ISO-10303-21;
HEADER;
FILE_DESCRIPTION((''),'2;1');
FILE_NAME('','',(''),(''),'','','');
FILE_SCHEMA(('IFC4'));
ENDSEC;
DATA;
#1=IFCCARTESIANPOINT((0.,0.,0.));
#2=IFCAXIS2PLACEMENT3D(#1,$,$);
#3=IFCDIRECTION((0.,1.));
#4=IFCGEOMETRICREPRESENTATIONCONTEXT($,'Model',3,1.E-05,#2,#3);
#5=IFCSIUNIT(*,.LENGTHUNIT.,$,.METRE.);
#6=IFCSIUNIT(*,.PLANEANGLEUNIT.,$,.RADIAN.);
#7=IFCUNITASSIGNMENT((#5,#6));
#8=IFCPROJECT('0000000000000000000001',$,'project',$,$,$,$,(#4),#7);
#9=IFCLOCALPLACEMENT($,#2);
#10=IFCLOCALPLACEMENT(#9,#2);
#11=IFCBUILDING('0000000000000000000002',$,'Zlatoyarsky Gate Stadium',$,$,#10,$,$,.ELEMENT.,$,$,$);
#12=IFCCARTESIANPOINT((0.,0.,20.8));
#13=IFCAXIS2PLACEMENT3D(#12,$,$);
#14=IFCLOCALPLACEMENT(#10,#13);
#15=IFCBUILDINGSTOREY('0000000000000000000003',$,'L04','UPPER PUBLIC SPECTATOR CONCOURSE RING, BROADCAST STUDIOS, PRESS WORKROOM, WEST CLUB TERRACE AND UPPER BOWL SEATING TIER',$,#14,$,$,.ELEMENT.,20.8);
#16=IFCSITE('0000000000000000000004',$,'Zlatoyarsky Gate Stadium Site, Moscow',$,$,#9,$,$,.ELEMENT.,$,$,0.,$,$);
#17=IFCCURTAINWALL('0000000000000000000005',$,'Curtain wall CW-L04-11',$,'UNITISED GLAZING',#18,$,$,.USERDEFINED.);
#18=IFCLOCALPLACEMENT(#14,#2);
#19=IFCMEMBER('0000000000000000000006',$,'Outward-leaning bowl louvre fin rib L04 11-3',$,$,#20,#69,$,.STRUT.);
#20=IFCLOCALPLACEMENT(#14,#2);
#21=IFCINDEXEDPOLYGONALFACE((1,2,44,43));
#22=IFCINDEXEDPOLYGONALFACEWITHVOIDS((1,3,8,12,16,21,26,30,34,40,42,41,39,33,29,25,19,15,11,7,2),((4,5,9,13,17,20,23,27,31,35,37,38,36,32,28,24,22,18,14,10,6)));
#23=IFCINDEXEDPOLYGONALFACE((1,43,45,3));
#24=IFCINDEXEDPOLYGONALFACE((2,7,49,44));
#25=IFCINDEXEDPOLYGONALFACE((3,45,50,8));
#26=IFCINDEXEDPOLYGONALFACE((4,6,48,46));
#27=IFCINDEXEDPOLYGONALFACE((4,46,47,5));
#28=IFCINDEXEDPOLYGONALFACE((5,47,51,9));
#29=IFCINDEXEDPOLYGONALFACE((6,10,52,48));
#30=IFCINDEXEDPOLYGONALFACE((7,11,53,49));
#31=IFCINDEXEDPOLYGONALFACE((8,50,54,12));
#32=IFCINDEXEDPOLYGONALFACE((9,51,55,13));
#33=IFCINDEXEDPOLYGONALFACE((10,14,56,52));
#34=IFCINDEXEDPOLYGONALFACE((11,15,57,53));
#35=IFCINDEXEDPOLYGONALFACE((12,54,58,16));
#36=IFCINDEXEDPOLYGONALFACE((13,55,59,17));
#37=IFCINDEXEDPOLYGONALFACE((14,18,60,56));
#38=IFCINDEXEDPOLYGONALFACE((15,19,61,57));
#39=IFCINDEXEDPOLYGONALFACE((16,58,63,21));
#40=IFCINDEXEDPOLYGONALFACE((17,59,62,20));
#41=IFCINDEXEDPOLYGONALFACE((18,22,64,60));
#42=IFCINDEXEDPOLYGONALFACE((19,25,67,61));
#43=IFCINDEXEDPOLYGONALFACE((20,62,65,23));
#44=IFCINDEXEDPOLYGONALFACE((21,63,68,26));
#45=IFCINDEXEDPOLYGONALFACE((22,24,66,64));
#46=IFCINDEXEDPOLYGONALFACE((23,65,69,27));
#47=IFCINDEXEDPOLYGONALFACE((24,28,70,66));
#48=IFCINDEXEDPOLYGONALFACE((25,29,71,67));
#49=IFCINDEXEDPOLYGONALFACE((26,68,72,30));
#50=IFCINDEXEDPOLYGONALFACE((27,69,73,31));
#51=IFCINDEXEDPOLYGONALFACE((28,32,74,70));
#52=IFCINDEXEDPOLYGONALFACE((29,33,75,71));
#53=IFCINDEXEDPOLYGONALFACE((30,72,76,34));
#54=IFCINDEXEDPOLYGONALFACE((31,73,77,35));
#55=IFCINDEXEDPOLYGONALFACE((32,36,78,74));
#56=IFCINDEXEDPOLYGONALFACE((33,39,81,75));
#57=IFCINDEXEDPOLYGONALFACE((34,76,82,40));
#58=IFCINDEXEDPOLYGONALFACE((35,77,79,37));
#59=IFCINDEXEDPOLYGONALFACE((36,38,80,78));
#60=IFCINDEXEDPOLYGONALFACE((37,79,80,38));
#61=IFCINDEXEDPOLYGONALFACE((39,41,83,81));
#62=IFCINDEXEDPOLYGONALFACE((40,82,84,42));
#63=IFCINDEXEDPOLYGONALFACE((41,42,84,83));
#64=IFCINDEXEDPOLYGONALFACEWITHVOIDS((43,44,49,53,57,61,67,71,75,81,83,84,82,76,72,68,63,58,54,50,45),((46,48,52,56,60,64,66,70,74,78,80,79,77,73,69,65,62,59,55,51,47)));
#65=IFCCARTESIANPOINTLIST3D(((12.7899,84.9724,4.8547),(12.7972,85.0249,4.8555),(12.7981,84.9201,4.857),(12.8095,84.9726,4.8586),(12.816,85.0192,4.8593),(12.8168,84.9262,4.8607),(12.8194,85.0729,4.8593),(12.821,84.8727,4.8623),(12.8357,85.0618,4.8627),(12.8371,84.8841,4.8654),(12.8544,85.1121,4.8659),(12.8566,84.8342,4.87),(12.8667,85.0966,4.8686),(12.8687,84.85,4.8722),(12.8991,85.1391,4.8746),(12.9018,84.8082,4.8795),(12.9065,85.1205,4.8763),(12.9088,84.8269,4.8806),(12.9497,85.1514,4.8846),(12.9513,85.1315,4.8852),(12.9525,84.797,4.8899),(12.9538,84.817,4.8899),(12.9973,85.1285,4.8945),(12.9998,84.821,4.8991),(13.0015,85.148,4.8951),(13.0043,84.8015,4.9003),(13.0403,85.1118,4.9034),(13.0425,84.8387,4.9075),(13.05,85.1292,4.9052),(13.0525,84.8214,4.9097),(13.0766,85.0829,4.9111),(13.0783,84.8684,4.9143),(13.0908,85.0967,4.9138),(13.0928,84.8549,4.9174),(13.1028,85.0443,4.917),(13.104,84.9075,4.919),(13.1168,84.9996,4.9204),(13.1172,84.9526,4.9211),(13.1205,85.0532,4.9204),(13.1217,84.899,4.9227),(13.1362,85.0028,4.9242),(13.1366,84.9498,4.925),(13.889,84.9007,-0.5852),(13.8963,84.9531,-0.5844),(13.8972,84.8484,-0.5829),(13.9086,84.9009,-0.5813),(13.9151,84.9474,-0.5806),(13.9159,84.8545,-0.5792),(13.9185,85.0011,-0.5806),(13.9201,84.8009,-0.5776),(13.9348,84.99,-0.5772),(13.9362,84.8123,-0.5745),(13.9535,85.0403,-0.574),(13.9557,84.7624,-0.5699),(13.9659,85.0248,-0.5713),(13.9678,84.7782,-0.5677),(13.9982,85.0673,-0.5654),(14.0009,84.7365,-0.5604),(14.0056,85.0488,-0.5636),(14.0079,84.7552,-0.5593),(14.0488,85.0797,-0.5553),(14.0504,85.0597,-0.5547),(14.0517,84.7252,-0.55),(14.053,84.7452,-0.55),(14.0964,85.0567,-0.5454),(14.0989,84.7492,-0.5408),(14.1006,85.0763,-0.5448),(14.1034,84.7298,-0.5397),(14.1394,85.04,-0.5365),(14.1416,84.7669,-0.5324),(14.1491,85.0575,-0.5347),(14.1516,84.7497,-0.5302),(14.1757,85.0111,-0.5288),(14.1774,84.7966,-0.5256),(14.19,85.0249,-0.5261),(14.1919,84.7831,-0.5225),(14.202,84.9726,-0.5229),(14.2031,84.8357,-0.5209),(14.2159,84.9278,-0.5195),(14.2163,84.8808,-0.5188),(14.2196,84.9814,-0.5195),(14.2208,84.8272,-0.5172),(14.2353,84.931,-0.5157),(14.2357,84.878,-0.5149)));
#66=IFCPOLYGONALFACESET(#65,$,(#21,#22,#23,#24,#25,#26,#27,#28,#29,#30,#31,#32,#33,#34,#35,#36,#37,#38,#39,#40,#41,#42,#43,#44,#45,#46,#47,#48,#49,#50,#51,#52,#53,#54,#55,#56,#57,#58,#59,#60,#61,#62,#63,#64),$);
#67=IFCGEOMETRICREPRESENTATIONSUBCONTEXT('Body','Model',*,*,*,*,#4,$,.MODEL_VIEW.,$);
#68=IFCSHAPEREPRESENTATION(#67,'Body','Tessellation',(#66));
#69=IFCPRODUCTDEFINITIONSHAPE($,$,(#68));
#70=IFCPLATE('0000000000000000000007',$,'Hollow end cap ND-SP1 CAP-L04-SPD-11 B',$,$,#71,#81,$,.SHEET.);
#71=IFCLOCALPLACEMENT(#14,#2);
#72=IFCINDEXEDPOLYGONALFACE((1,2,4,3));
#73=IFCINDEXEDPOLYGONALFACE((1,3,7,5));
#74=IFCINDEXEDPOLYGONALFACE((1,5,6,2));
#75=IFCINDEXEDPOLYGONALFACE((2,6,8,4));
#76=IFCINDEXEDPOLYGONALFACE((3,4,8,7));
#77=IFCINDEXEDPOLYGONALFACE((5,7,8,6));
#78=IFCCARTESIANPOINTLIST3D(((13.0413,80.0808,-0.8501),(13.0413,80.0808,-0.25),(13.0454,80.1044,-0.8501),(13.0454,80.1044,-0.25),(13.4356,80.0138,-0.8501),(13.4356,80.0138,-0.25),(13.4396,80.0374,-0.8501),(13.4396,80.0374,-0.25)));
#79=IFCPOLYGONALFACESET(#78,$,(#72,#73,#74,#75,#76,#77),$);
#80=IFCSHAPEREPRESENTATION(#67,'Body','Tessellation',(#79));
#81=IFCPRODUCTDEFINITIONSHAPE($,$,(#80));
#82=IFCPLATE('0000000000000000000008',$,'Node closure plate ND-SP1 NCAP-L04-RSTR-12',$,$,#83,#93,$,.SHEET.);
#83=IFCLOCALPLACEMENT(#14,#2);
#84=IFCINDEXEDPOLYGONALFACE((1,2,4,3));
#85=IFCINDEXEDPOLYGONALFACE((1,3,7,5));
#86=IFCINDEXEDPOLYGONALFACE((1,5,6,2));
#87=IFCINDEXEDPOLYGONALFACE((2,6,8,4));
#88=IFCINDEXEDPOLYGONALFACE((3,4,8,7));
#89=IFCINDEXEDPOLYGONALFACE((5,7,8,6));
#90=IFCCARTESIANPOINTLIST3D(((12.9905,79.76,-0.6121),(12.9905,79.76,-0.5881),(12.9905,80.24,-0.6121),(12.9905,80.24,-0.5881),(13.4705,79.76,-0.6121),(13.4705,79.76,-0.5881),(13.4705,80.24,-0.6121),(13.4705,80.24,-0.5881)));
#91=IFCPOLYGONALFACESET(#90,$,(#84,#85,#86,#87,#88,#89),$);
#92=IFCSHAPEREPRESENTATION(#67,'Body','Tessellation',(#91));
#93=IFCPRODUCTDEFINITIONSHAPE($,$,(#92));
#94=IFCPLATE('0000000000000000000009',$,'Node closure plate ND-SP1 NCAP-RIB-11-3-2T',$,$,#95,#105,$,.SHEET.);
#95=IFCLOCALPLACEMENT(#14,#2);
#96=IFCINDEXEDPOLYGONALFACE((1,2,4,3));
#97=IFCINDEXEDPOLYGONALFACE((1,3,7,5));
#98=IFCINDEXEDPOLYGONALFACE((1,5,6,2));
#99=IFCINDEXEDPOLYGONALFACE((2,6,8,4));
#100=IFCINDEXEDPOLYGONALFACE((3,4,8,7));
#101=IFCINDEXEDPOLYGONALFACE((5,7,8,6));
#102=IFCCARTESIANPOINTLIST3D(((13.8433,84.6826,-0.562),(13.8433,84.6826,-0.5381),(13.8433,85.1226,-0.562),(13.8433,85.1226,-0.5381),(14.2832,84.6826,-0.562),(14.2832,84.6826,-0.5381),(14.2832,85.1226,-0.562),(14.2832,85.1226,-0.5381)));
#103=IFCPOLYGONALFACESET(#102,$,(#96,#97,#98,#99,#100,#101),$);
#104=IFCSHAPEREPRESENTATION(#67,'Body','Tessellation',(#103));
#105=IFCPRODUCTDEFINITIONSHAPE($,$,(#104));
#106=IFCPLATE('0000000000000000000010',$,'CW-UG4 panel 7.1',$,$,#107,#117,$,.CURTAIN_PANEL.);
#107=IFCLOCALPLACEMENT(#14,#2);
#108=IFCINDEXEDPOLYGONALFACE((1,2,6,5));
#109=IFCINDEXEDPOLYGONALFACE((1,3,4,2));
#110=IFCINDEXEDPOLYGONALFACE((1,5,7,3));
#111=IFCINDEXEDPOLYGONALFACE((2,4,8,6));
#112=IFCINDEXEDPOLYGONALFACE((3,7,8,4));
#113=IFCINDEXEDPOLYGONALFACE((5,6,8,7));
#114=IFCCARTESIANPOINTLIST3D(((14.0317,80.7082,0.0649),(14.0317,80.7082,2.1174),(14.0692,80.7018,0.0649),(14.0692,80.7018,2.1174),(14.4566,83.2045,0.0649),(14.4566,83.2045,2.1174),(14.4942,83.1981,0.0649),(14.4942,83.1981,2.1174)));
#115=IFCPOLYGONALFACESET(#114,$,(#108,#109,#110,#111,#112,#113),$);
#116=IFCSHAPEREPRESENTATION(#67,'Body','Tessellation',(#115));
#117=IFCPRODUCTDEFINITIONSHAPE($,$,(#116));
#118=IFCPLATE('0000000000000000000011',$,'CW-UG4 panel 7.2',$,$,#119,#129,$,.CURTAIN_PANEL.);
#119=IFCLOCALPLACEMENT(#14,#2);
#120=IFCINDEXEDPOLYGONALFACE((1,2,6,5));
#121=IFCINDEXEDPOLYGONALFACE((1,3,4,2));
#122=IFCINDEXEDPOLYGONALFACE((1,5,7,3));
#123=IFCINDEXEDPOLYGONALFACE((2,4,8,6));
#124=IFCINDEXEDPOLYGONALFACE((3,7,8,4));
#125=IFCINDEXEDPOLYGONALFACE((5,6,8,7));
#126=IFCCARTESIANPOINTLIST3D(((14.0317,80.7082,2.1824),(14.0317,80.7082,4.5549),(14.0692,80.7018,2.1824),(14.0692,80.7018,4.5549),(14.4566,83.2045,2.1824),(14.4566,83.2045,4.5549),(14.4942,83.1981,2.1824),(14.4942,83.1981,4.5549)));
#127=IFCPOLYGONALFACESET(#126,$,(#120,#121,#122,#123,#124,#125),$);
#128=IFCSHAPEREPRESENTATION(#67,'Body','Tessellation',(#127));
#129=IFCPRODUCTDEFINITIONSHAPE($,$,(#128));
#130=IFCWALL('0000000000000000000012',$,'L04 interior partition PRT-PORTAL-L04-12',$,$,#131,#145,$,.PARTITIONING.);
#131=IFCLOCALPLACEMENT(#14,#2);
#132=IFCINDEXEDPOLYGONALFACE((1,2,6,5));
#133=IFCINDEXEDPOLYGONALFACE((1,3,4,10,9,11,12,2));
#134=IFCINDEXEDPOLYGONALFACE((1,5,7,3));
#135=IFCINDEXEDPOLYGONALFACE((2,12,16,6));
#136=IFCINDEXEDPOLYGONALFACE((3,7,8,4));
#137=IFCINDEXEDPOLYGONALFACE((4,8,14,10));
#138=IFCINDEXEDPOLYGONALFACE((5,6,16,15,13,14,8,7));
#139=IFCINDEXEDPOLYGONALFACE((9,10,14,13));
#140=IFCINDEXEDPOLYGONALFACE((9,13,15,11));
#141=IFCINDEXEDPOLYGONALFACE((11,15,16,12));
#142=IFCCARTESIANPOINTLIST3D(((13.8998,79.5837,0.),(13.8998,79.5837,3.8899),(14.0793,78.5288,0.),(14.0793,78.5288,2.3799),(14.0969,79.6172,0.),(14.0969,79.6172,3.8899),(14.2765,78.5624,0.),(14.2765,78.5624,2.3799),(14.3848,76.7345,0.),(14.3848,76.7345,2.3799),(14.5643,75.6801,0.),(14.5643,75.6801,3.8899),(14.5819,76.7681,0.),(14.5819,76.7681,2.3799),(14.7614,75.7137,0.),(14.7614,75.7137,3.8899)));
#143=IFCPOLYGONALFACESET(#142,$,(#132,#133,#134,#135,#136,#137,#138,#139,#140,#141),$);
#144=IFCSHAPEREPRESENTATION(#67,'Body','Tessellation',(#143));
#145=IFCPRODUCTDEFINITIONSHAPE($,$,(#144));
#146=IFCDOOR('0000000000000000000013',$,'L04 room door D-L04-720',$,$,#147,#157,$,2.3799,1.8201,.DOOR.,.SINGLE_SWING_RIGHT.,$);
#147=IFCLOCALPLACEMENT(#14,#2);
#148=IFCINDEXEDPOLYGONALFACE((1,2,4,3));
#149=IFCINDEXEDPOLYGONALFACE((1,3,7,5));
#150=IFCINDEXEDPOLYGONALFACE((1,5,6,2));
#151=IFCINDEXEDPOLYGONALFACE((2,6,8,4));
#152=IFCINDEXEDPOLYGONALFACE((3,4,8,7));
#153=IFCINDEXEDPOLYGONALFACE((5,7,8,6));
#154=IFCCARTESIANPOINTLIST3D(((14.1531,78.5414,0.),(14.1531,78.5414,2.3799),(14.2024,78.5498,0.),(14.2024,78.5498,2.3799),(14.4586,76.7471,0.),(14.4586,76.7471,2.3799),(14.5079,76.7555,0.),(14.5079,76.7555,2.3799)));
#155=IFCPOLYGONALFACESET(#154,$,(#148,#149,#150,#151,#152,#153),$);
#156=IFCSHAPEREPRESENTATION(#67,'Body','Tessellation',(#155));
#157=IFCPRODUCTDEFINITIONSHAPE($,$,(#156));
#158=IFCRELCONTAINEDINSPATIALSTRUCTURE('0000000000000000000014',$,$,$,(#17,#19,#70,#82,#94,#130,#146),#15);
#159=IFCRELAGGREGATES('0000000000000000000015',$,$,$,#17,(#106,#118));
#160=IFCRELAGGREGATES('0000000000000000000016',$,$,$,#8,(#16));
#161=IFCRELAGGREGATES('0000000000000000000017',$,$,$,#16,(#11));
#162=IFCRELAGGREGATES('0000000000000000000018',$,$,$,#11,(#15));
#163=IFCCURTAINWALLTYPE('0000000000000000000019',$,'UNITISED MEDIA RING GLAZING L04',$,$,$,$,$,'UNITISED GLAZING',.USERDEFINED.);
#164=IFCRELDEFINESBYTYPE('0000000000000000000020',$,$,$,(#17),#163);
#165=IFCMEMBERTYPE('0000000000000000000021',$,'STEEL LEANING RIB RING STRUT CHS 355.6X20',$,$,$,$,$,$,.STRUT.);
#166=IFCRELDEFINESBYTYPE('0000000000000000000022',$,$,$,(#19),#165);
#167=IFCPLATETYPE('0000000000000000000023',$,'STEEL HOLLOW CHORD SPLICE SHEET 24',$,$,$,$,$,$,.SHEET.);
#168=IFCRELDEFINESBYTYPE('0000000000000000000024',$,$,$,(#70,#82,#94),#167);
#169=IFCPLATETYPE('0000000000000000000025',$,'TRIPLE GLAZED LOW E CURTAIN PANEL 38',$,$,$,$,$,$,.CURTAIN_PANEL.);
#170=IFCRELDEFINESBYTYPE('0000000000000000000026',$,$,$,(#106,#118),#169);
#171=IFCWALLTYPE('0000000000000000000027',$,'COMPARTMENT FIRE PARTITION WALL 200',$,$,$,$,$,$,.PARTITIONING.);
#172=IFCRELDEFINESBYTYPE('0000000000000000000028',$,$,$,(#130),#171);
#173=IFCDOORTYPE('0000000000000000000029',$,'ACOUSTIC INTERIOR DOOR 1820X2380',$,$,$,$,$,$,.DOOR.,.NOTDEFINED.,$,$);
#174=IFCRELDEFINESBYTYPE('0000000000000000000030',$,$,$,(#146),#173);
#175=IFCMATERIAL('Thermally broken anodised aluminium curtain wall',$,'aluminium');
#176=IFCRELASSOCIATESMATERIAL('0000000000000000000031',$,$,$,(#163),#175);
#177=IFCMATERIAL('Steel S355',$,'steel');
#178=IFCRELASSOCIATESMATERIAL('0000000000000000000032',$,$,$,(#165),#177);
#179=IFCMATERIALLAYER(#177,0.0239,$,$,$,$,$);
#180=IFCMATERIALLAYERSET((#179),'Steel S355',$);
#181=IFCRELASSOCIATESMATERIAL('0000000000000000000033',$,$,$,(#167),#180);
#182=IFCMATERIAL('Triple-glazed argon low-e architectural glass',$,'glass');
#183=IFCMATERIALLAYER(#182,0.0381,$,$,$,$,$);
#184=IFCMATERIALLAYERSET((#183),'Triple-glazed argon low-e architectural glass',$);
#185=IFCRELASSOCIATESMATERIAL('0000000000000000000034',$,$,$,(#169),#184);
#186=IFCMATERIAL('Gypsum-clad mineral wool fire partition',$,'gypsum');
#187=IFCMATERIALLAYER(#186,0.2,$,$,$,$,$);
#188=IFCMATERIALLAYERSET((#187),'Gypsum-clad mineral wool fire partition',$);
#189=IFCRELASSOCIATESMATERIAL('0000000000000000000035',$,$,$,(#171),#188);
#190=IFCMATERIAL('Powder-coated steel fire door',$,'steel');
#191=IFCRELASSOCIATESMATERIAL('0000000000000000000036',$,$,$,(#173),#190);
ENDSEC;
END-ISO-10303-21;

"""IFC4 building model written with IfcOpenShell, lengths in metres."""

from ifc_helpers import new_model, si_unit, direction, frame, frame_2d, origin, origin_2d, place, context, subcontext, project, spatial, rectangle, hollow_circle, extrude, material, layer, layer_set, material_profile, profile_set, type_object, element, fill, aggregate, save


model = new_model("IFC4")

# Units and contexts
model_context = context("Model", 3, precision=1e-05, world=origin(), true_north=direction((0.0, 1.0)))
body_context = subcontext(model_context, "Body", "Model", "MODEL_VIEW")
ifc_project = project(units=[si_unit("LENGTHUNIT", "METRE"), si_unit("PLANEANGLEUNIT", "RADIAN")], contexts=[model_context])

# Site, building, storey
site_placement = place(None, origin())
site = spatial("IfcSite", under=ifc_project, at=site_placement, Name="Zlatoyarsky Gate Stadium Site, Moscow", CompositionType="ELEMENT", RefElevation=0.0)
building_placement = place(site_placement, origin())
building = spatial("IfcBuilding", under=site, at=building_placement, Name="Zlatoyarsky Gate Stadium", CompositionType="ELEMENT")
storey_placement = place(building_placement, frame((0.0, 0.0, 20.8)))
storey = spatial("IfcBuildingStorey", under=building, at=storey_placement, Name="L04", Description="UPPER PUBLIC SPECTATOR CONCOURSE RING, BROADCAST STUDIOS, PRESS WORKROOM, WEST CLUB TERRACE AND UPPER BOWL SEATING TIER", CompositionType="ELEMENT", Elevation=20.8)

# Shared definitions
ifc_material_1 = material(Name="Steel S355", Category="steel")

# Curtain wall
ifc_material_2 = material(Name="Thermally broken anodised aluminium curtain wall", Category="aluminium")
curtain_wall_type = type_object("IfcCurtainWallType", Name="UNITISED MEDIA RING GLAZING L04", ElementType="UNITISED GLAZING", PredefinedType="USERDEFINED", material=ifc_material_2)
curtain_wall_placement = place(storey_placement, origin())
curtain_wall = element("IfcCurtainWall", 1, at=curtain_wall_placement, inside=storey, type_object=curtain_wall_type, Name="Curtain wall CW-L04-11", ObjectType="UNITISED GLAZING", PredefinedType="USERDEFINED")

# Member
ifc_material_profile_1 = material_profile(ifc_material_1, hollow_circle(Radius=0.1777, WallThickness=0.02, at=origin_2d()), Name="CHS 355.6X20")
ifc_profile_set_1 = profile_set([ifc_material_profile_1], Name="Steel S355")
member_type_1 = type_object("IfcMemberType", Name="STEEL LEANING RIB RING STRUT CHS 355.6X20", PredefinedType="STRUT", material=ifc_profile_set_1)
member_1_placement = place(storey_placement, frame((14.0632, 84.9026, -0.55), z_axis=(-0.198028, 0.012932, 0.980111), x_axis=(-0.065166, -0.997874, 0.0)))
element("IfcMember", 2, at=member_1_placement, inside=storey, type_object=member_type_1, Name="Outward-leaning bowl louvre fin rib L04 11-3", PredefinedType="STRUT", context=body_context, shape_type="SweptSolid", body=[
    extrude(hollow_circle(Radius=0.1777, WallThickness=0.02, at=origin_2d()), origin(), (0.0, 0.0, 1.0), 5.5503),
])

# Plates
ifc_layer_1 = layer(ifc_material_1, 0.0239)
ifc_layer_set_1 = layer_set([ifc_layer_1], Name="Steel S355")
plate_type_1 = type_object("IfcPlateType", Name="STEEL HOLLOW CHORD SPLICE SHEET 24", PredefinedType="SHEET", material=ifc_layer_set_1)
plate_1_placement = place(storey_placement, frame((13.2405, 80.0591, -0.8501), z_axis=(0.0, 0.0, 1.0), x_axis=(-0.167478, -0.985876, 0.0)))
element("IfcPlate", 3, at=plate_1_placement, inside=storey, type_object=plate_type_1, Name="Hollow end cap ND-SP1 CAP-L04-SPD-11 B", PredefinedType="SHEET", context=body_context, shape_type="SweptSolid", body=[
    extrude(rectangle(XDim=0.0239, YDim=0.3999, at=origin_2d()), origin(), (0.0, 0.0, 1.0), 0.6001),
])
plate_2_placement = place(storey_placement, frame((13.2305, 80.0, -0.6121), z_axis=(0.0, 0.0, 1.0), x_axis=(1.0, 0.0, 0.0)))
element("IfcPlate", 4, at=plate_2_placement, inside=storey, type_object=plate_type_1, Name="Node closure plate ND-SP1 NCAP-L04-RSTR-12", PredefinedType="SHEET", context=body_context, shape_type="SweptSolid", body=[
    extrude(rectangle(XDim=0.48, YDim=0.48, at=origin_2d()), origin(), (0.0, 0.0, 1.0), 0.0239),
])
plate_3_placement = place(storey_placement, frame((14.0632, 84.9026, -0.562), z_axis=(0.0, 0.0, 1.0), x_axis=(1.0, 0.0, 0.0)))
element("IfcPlate", 5, at=plate_3_placement, inside=storey, type_object=plate_type_1, Name="Node closure plate ND-SP1 NCAP-RIB-11-3-2T", PredefinedType="SHEET", context=body_context, shape_type="SweptSolid", body=[
    extrude(rectangle(XDim=0.4399, YDim=0.4399, at=origin_2d()), origin(), (0.0, 0.0, 1.0), 0.0239),
])

# Plates
ifc_material_3 = material(Name="Triple-glazed argon low-e architectural glass", Category="glass")
ifc_layer_2 = layer(ifc_material_3, 0.0381)
ifc_layer_set_2 = layer_set([ifc_layer_2], Name="Triple-glazed argon low-e architectural glass")
plate_type_2 = type_object("IfcPlateType", Name="TRIPLE GLAZED LOW E CURTAIN PANEL 38", PredefinedType="CURTAIN_PANEL", material=ifc_layer_set_2)
plate_4_placement = place(storey_placement, frame((14.2629, 81.9531, 0.0649), z_axis=(0.0, 0.0, 1.0), x_axis=(-0.167821, -0.985817, 0.0)))
plate_4 = element("IfcPlate", 6, at=plate_4_placement, type_object=plate_type_2, Name="CW-UG4 panel 7.1", PredefinedType="CURTAIN_PANEL", context=body_context, shape_type="SweptSolid", body=[
    extrude(rectangle(XDim=2.5322, YDim=0.0381, at=origin_2d()), origin(), (0.0, 0.0, 1.0), 2.0525),
])
plate_5_placement = place(storey_placement, frame((14.2629, 81.9531, 2.1824), z_axis=(0.0, 0.0, 1.0), x_axis=(-0.167821, -0.985817, 0.0)))
plate_5 = element("IfcPlate", 7, at=plate_5_placement, type_object=plate_type_2, Name="CW-UG4 panel 7.2", PredefinedType="CURTAIN_PANEL", context=body_context, shape_type="SweptSolid", body=[
    extrude(rectangle(XDim=2.5322, YDim=0.0381, at=origin_2d()), origin(), (0.0, 0.0, 1.0), 2.3726),
])
aggregate(curtain_wall, [plate_4, plate_5])

# Wall, opening, door
ifc_material_4 = material(Name="Gypsum-clad mineral wool fire partition", Category="gypsum")
ifc_layer_3 = layer(ifc_material_4, 0.2)
ifc_layer_set_3 = layer_set([ifc_layer_3], Name="Gypsum-clad mineral wool fire partition")
wall_type = type_object("IfcWallType", Name="COMPARTMENT FIRE PARTITION WALL 200", PredefinedType="PARTITIONING", material=ifc_layer_set_3)
wall_placement = place(storey_placement, frame((13.9983, 79.6006, 0.0), z_axis=(0.0, 0.0, 1.0), x_axis=(0.167827, -0.985816, 0.0)))
wall = element("IfcWall", 8, at=wall_placement, inside=storey, type_object=wall_type, Name="L04 interior partition PRT-PORTAL-L04-12", PredefinedType="PARTITIONING", context=body_context, shape_type="SweptSolid", body=[
    extrude(rectangle(XDim=3.9597, YDim=0.2, at=frame_2d((1.98, 0.0))), origin(), (0.0, 0.0, 1.0), 3.8899),
])
opening_placement = place(wall_placement, frame((1.0701, 0.0, 0.0)))
opening = element("IfcOpeningElement", 9, at=opening_placement, cuts=wall, PredefinedType="OPENING", context=body_context, shape_type="SweptSolid", body=[
    extrude(rectangle(XDim=1.8201, YDim=2.3799, at=frame_2d((0.9102, 1.1899))), frame((0.0, 0.1099, 0.0), z_axis=(0.0, -1.0, 0.0), x_axis=(1.0, 0.0, 0.0)), (0.0, 0.0, 1.0), 0.22),
])
ifc_material_5 = material(Name="Powder-coated steel fire door", Category="steel")
door_type = type_object("IfcDoorType", Name="ACOUSTIC INTERIOR DOOR 1820X2380", OperationType="NOTDEFINED", PredefinedType="DOOR", material=ifc_material_5)
door_placement = place(opening_placement, origin())
door = element("IfcDoor", 10, at=door_placement, inside=storey, type_object=door_type, Name="L04 room door D-L04-720", OperationType="SINGLE_SWING_RIGHT", OverallHeight=2.3799, OverallWidth=1.8201, PredefinedType="DOOR", context=body_context, shape_type="SweptSolid", body=[
    extrude(rectangle(XDim=1.8201, YDim=2.3799, at=frame_2d((0.9102, 1.1899))), frame((0.0, 0.0249, 0.0), z_axis=(0.0, -1.0, 0.0), x_axis=(1.0, 0.0, 0.0)), (0.0, 0.0, 1.0), 0.05),
])
fill(opening, door)

save(model, "model.ifc")
